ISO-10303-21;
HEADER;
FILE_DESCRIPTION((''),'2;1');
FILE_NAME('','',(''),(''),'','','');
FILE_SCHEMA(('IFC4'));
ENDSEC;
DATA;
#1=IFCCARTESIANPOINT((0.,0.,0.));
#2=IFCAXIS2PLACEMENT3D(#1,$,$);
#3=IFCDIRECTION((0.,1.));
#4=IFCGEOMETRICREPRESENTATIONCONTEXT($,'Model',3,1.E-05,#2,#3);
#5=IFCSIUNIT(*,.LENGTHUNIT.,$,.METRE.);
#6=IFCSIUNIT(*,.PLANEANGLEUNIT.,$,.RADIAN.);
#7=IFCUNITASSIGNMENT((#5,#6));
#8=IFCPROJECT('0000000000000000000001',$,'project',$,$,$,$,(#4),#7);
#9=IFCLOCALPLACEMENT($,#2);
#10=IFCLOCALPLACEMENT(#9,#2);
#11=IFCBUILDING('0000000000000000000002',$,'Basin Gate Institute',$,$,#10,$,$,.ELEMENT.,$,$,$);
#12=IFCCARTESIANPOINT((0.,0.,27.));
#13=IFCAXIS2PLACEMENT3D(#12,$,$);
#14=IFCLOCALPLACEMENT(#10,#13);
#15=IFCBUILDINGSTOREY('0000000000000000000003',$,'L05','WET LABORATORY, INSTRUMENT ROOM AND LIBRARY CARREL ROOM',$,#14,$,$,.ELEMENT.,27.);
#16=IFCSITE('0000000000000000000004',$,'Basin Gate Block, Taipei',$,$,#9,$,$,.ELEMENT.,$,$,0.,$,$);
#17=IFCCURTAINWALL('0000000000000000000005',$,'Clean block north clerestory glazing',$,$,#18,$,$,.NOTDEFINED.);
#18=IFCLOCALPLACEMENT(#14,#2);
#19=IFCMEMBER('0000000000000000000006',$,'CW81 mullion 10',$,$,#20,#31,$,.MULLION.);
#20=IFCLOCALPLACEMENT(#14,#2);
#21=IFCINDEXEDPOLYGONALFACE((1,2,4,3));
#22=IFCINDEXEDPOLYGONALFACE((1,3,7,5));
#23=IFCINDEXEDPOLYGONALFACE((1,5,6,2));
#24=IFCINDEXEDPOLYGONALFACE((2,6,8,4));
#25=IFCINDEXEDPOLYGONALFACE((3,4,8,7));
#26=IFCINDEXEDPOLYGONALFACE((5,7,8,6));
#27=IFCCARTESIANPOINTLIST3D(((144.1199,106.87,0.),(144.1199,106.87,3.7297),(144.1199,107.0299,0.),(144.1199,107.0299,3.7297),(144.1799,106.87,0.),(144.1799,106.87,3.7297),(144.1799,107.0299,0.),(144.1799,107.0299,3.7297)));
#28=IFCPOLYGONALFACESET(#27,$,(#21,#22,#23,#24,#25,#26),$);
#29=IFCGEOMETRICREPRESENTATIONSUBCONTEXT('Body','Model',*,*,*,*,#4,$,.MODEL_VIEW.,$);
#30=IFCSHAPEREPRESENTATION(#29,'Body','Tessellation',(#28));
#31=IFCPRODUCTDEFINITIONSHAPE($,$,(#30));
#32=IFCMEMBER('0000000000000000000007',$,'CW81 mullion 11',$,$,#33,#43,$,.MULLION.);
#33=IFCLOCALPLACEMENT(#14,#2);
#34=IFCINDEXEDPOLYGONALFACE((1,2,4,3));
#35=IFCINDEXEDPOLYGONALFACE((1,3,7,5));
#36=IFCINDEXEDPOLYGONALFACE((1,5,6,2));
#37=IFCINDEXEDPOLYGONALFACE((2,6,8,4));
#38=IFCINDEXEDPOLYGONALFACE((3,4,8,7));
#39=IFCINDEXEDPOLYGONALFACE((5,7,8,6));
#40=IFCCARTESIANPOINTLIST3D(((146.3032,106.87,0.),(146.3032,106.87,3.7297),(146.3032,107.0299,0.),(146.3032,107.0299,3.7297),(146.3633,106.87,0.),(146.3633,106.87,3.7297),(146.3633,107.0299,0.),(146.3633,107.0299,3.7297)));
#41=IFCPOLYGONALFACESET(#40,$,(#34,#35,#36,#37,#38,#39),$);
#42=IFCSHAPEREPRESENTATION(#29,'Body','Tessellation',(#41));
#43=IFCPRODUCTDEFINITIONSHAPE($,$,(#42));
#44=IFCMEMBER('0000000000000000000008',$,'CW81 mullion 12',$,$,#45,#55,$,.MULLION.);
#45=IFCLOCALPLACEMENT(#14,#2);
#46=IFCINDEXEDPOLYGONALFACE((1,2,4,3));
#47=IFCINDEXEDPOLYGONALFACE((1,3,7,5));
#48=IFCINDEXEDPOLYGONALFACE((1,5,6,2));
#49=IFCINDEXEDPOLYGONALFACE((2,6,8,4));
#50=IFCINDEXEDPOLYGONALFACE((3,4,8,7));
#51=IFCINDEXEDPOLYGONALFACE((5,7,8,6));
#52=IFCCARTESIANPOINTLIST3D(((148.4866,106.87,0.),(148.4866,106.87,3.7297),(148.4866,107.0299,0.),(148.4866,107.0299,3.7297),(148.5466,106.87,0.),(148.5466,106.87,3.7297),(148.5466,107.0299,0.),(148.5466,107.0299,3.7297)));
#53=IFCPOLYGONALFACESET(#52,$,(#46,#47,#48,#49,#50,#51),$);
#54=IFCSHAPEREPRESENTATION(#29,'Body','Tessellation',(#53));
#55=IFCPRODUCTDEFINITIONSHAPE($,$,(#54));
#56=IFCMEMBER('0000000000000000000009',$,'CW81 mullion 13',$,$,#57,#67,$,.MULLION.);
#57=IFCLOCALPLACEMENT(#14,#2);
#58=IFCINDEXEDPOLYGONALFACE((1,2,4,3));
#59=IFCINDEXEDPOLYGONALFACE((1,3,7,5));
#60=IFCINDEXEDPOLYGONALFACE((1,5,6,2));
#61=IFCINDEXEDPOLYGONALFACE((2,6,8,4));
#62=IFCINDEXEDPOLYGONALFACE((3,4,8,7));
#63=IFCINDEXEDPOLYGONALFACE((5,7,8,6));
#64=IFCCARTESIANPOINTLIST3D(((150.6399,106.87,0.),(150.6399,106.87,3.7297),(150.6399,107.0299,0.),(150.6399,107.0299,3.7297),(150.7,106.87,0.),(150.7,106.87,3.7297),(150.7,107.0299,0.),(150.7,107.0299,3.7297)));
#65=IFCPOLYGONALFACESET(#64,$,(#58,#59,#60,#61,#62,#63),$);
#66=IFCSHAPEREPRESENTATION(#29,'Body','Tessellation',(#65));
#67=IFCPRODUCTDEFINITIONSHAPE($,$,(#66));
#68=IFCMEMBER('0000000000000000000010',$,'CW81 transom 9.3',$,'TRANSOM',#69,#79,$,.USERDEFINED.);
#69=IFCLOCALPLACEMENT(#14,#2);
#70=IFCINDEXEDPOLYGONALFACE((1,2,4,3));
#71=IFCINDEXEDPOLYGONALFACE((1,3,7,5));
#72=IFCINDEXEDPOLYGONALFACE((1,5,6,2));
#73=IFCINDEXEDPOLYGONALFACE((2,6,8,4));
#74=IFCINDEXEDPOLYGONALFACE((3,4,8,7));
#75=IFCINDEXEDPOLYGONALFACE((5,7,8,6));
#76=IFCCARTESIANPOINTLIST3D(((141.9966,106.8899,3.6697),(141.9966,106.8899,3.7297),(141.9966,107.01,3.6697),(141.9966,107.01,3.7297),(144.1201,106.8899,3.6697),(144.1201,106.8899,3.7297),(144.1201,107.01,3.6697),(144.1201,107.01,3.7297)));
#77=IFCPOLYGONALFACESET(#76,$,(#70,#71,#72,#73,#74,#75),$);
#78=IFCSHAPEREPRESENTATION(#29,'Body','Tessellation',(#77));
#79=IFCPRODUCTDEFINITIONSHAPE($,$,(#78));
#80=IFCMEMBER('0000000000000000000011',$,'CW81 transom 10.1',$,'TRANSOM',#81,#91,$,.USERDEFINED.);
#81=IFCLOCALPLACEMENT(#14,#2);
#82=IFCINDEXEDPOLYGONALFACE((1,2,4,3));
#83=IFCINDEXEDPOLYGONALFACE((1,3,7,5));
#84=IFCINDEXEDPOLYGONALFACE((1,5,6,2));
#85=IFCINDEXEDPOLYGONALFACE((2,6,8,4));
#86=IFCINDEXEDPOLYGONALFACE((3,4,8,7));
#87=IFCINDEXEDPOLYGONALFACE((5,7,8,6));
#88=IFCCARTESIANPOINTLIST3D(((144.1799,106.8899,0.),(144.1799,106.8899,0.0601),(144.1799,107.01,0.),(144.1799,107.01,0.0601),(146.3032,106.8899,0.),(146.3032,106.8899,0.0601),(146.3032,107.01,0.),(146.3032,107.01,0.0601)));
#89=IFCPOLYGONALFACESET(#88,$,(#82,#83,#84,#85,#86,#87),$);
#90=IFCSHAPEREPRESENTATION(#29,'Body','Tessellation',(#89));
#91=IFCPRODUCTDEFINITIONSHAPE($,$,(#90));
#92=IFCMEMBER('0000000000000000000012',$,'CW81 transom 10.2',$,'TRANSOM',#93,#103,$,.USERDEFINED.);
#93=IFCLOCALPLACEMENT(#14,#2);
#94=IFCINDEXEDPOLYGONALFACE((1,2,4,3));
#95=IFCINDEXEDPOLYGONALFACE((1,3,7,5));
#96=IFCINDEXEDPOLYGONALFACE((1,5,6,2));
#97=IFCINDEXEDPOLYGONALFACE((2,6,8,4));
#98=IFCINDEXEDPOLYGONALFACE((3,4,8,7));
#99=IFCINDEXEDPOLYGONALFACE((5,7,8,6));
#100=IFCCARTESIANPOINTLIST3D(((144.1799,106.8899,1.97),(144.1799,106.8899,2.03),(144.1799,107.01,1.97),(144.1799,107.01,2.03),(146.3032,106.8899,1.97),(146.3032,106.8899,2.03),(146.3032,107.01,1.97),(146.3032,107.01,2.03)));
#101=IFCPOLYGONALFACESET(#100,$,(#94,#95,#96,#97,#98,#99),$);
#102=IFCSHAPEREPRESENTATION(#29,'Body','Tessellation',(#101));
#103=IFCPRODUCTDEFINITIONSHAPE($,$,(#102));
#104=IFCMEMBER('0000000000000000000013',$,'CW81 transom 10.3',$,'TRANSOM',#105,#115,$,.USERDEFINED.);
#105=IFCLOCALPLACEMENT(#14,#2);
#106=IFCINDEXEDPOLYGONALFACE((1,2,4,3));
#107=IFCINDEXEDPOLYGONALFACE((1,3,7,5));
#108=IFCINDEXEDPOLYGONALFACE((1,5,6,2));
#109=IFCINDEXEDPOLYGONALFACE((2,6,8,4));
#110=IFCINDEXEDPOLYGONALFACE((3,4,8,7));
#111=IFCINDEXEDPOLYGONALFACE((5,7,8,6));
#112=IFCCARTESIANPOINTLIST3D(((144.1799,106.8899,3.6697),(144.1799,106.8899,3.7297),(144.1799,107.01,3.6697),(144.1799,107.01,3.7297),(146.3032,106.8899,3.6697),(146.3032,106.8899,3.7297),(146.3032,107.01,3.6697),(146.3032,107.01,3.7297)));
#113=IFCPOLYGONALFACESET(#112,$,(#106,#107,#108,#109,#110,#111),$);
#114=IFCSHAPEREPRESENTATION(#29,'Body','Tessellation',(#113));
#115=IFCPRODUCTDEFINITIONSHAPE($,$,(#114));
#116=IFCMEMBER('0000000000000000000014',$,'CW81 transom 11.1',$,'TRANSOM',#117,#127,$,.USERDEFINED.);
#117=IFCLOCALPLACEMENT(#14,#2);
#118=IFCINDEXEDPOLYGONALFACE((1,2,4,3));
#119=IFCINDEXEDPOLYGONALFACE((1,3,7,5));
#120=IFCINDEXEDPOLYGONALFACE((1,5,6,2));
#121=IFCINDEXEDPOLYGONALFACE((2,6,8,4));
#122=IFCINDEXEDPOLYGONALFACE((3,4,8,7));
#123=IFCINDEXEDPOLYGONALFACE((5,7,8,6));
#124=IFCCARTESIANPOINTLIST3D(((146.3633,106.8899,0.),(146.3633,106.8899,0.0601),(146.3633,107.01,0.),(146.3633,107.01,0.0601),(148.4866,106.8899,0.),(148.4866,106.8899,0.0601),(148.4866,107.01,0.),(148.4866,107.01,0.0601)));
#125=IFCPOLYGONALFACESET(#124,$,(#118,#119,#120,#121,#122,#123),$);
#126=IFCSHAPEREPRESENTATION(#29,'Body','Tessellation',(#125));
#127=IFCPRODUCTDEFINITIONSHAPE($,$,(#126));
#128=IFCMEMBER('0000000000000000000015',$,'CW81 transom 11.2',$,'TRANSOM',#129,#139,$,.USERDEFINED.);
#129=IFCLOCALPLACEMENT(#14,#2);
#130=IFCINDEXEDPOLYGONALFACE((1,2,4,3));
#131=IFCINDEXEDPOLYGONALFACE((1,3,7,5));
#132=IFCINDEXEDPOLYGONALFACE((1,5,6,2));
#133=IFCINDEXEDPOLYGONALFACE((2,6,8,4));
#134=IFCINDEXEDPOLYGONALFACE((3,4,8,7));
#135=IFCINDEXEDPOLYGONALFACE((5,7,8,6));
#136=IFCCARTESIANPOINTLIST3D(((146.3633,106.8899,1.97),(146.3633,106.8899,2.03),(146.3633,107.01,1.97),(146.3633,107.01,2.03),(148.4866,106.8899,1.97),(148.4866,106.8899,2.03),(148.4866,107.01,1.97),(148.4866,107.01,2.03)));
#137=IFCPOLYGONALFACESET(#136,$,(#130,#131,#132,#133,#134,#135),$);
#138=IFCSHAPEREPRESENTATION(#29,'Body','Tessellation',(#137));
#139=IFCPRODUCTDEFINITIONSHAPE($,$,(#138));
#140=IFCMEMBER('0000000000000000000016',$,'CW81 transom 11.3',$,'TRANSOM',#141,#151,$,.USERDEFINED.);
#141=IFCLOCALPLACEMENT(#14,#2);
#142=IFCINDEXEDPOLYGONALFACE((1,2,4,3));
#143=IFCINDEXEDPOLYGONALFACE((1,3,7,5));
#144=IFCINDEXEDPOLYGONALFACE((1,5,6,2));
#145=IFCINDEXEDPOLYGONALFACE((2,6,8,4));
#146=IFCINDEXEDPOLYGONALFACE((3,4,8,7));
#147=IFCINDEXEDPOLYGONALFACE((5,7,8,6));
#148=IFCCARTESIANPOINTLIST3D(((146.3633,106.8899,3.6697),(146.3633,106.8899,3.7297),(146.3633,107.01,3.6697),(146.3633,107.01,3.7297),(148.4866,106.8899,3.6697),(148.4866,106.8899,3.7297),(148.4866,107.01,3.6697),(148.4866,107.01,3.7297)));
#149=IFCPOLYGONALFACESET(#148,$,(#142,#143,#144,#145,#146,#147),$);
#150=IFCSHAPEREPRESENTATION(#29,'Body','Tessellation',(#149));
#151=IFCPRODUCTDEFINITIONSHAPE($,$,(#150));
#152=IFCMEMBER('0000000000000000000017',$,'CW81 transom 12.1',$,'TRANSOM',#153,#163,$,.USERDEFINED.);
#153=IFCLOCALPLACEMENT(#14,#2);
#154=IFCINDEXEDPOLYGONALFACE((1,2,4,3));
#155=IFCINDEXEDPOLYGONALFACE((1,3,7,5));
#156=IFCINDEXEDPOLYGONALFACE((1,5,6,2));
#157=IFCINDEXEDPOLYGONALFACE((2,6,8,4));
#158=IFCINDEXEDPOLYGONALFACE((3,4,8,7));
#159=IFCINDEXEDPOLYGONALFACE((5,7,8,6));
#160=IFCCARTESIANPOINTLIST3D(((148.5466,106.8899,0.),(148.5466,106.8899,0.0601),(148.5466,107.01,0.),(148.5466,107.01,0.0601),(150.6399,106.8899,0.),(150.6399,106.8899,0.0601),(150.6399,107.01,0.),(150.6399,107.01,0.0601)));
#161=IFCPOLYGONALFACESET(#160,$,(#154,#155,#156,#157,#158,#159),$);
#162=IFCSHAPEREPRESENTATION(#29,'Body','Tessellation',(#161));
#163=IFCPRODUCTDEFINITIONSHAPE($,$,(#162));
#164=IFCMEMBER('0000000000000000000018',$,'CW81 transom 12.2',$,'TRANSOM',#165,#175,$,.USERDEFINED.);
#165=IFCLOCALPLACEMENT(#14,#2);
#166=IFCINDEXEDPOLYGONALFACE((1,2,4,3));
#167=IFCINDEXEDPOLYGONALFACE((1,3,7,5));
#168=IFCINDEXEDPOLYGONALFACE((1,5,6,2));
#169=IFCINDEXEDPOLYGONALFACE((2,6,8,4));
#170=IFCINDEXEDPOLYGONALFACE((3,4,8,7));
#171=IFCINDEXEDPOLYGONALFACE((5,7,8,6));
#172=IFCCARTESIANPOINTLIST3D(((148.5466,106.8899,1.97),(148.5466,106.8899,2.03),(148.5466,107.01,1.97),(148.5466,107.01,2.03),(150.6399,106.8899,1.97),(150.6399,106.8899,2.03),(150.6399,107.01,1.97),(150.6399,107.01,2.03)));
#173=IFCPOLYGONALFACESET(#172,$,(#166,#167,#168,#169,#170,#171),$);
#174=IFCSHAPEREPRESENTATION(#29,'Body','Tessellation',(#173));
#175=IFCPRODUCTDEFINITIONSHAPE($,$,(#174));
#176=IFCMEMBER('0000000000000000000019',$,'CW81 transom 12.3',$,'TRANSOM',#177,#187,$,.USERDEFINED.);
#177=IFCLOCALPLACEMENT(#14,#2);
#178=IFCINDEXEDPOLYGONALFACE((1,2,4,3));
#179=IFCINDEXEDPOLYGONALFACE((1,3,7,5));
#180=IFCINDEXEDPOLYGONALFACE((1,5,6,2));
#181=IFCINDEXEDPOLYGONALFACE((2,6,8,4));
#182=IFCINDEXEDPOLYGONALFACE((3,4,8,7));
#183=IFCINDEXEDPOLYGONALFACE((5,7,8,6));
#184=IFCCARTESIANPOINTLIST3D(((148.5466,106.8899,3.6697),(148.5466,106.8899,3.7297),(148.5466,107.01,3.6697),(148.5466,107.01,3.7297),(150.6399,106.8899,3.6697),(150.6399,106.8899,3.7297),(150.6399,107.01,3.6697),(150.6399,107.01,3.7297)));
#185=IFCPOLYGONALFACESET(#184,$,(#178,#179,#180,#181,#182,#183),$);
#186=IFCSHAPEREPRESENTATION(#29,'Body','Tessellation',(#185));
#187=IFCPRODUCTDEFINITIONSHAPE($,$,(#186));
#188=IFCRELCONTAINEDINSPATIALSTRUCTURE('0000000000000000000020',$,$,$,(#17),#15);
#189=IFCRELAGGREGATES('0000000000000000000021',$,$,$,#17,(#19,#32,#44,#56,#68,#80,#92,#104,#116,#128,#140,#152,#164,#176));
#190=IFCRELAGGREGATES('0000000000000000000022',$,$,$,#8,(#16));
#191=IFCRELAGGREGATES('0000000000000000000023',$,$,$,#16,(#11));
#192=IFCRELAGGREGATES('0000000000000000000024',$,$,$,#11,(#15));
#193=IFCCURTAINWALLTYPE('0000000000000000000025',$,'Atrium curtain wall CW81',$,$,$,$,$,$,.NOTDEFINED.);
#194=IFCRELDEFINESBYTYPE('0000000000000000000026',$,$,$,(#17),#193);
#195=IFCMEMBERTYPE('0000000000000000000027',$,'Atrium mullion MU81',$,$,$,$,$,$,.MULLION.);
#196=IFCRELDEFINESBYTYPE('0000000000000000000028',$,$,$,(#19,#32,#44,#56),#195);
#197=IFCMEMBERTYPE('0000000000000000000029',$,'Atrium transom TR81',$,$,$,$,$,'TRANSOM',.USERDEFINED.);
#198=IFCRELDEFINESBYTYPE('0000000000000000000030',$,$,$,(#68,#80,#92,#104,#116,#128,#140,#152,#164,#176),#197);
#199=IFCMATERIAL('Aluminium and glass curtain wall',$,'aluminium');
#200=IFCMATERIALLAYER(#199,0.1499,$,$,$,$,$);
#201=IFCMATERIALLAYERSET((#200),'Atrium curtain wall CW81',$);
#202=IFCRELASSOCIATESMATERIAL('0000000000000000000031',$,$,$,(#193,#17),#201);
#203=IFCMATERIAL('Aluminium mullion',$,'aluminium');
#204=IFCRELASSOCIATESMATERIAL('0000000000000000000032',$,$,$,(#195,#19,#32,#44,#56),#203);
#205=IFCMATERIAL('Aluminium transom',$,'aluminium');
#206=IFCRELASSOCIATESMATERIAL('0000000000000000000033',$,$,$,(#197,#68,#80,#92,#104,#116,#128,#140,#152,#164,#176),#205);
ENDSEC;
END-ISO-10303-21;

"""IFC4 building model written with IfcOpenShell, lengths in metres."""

from ifc_helpers import new_model, si_unit, direction, frame, origin, origin_2d, place, context, subcontext, project, spatial, rectangle, extrude, material, layer, layer_set, material_profile, profile_set, type_object, element, aggregate, save


model = new_model("IFC4")

# Units and contexts
model_context = context("Model", 3, precision=1e-05, world=origin(), true_north=direction((0.0, 1.0)))
body_context = subcontext(model_context, "Body", "Model", "MODEL_VIEW")
ifc_project = project(units=[si_unit("LENGTHUNIT", "METRE"), si_unit("PLANEANGLEUNIT", "RADIAN")], contexts=[model_context])

# Site, building, storey
site_placement = place(None, origin())
site = spatial("IfcSite", under=ifc_project, at=site_placement, Name="Basin Gate Block, Taipei", CompositionType="ELEMENT", RefElevation=0.0)
building_placement = place(site_placement, origin())
building = spatial("IfcBuilding", under=site, at=building_placement, Name="Basin Gate Institute", CompositionType="ELEMENT")
storey_placement = place(building_placement, frame((0.0, 0.0, 27.0)))
storey = spatial("IfcBuildingStorey", under=building, at=storey_placement, Name="L05", Description="WET LABORATORY, INSTRUMENT ROOM AND LIBRARY CARREL ROOM", CompositionType="ELEMENT", Elevation=27.0)

# Curtain wall, members
ifc_material_1 = material(Name="Aluminium and glass curtain wall", Category="aluminium")
ifc_layer_1 = layer(ifc_material_1, 0.1499)
ifc_layer_set_1 = layer_set([ifc_layer_1], Name="Atrium curtain wall CW81")
curtain_wall_type = type_object("IfcCurtainWallType", Name="Atrium curtain wall CW81", PredefinedType="NOTDEFINED", material=ifc_layer_set_1)
curtain_wall_placement = place(storey_placement, origin())
curtain_wall = element("IfcCurtainWall", 1, at=curtain_wall_placement, inside=storey, type_object=curtain_wall_type, material=ifc_layer_set_1, Name="Clean block north clerestory glazing", PredefinedType="NOTDEFINED")
ifc_material_2 = material(Name="Aluminium mullion", Category="aluminium")
ifc_material_profile_1 = material_profile(ifc_material_2, rectangle(XDim=0.1599, YDim=0.0601, at=origin_2d()), Name="Atrium mullion MU81 160 x 60")
ifc_profile_set_1 = profile_set([ifc_material_profile_1], Name="Aluminium mullion")
member_type_1 = type_object("IfcMemberType", Name="Atrium mullion MU81", PredefinedType="MULLION", material=ifc_profile_set_1)
member_1_placement = place(storey_placement, frame((144.1499, 106.95, 0.0), z_axis=(0.0, 0.0, 1.0), x_axis=(0.0, 1.0, 0.0)))
member_1 = element("IfcMember", 2, at=member_1_placement, type_object=member_type_1, material=ifc_profile_set_1, Name="CW81 mullion 10", PredefinedType="MULLION", context=body_context, shape_type="SweptSolid", body=[
    extrude(rectangle(XDim=0.1599, YDim=0.0601, at=origin_2d()), origin(), (0.0, 0.0, 1.0), 3.7297),
])
member_2_placement = place(storey_placement, frame((146.3333, 106.95, 0.0), z_axis=(0.0, 0.0, 1.0), x_axis=(0.0, 1.0, 0.0)))
member_2 = element("IfcMember", 3, at=member_2_placement, type_object=member_type_1, material=ifc_profile_set_1, Name="CW81 mullion 11", PredefinedType="MULLION", context=body_context, shape_type="SweptSolid", body=[
    extrude(rectangle(XDim=0.1599, YDim=0.0601, at=origin_2d()), origin(), (0.0, 0.0, 1.0), 3.7297),
])
member_3_placement = place(storey_placement, frame((148.5166, 106.95, 0.0), z_axis=(0.0, 0.0, 1.0), x_axis=(0.0, 1.0, 0.0)))
member_3 = element("IfcMember", 4, at=member_3_placement, type_object=member_type_1, material=ifc_profile_set_1, Name="CW81 mullion 12", PredefinedType="MULLION", context=body_context, shape_type="SweptSolid", body=[
    extrude(rectangle(XDim=0.1599, YDim=0.0601, at=origin_2d()), origin(), (0.0, 0.0, 1.0), 3.7297),
])
member_4_placement = place(storey_placement, frame((150.6699, 106.95, 0.0), z_axis=(0.0, 0.0, 1.0), x_axis=(0.0, 1.0, 0.0)))
member_4 = element("IfcMember", 5, at=member_4_placement, type_object=member_type_1, material=ifc_profile_set_1, Name="CW81 mullion 13", PredefinedType="MULLION", context=body_context, shape_type="SweptSolid", body=[
    extrude(rectangle(XDim=0.1599, YDim=0.0601, at=origin_2d()), origin(), (0.0, 0.0, 1.0), 3.7297),
])
ifc_material_3 = material(Name="Aluminium transom", Category="aluminium")
ifc_material_profile_2 = material_profile(ifc_material_3, rectangle(XDim=0.1201, YDim=0.0601, at=origin_2d()), Name="Atrium transom TR81 120 x 60")
ifc_profile_set_2 = profile_set([ifc_material_profile_2], Name="Aluminium transom")
member_type_2 = type_object("IfcMemberType", Name="Atrium transom TR81", ElementType="TRANSOM", PredefinedType="USERDEFINED", material=ifc_profile_set_2)
member_5_placement = place(storey_placement, frame((141.9966, 106.95, 3.6997), z_axis=(1.0, 0.0, 0.0), x_axis=(0.0, 1.0, 0.0)))
member_5 = element("IfcMember", 6, at=member_5_placement, type_object=member_type_2, material=ifc_profile_set_2, Name="CW81 transom 9.3", ObjectType="TRANSOM", PredefinedType="USERDEFINED", context=body_context, shape_type="SweptSolid", body=[
    extrude(rectangle(XDim=0.1201, YDim=0.0601, at=origin_2d()), origin(), (0.0, 0.0, 1.0), 2.1235),
])
member_6_placement = place(storey_placement, frame((144.1799, 106.95, 0.03), z_axis=(1.0, 0.0, 0.0), x_axis=(0.0, 1.0, 0.0)))
member_6 = element("IfcMember", 7, at=member_6_placement, type_object=member_type_2, material=ifc_profile_set_2, Name="CW81 transom 10.1", ObjectType="TRANSOM", PredefinedType="USERDEFINED", context=body_context, shape_type="SweptSolid", body=[
    extrude(rectangle(XDim=0.1201, YDim=0.0601, at=origin_2d()), origin(), (0.0, 0.0, 1.0), 2.1233),
])
member_7_placement = place(storey_placement, frame((144.1799, 106.95, 2.0), z_axis=(1.0, 0.0, 0.0), x_axis=(0.0, 1.0, 0.0)))
member_7 = element("IfcMember", 8, at=member_7_placement, type_object=member_type_2, material=ifc_profile_set_2, Name="CW81 transom 10.2", ObjectType="TRANSOM", PredefinedType="USERDEFINED", context=body_context, shape_type="SweptSolid", body=[
    extrude(rectangle(XDim=0.1201, YDim=0.0601, at=origin_2d()), origin(), (0.0, 0.0, 1.0), 2.1233),
])
member_8_placement = place(storey_placement, frame((144.1799, 106.95, 3.6997), z_axis=(1.0, 0.0, 0.0), x_axis=(0.0, 1.0, 0.0)))
member_8 = element("IfcMember", 9, at=member_8_placement, type_object=member_type_2, material=ifc_profile_set_2, Name="CW81 transom 10.3", ObjectType="TRANSOM", PredefinedType="USERDEFINED", context=body_context, shape_type="SweptSolid", body=[
    extrude(rectangle(XDim=0.1201, YDim=0.0601, at=origin_2d()), origin(), (0.0, 0.0, 1.0), 2.1233),
])
member_9_placement = place(storey_placement, frame((146.3633, 106.95, 0.03), z_axis=(1.0, 0.0, 0.0), x_axis=(0.0, 1.0, 0.0)))
member_9 = element("IfcMember", 10, at=member_9_placement, type_object=member_type_2, material=ifc_profile_set_2, Name="CW81 transom 11.1", ObjectType="TRANSOM", PredefinedType="USERDEFINED", context=body_context, shape_type="SweptSolid", body=[
    extrude(rectangle(XDim=0.1201, YDim=0.0601, at=origin_2d()), origin(), (0.0, 0.0, 1.0), 2.1233),
])
member_10_placement = place(storey_placement, frame((146.3633, 106.95, 2.0), z_axis=(1.0, 0.0, 0.0), x_axis=(0.0, 1.0, 0.0)))
member_10 = element("IfcMember", 11, at=member_10_placement, type_object=member_type_2, material=ifc_profile_set_2, Name="CW81 transom 11.2", ObjectType="TRANSOM", PredefinedType="USERDEFINED", context=body_context, shape_type="SweptSolid", body=[
    extrude(rectangle(XDim=0.1201, YDim=0.0601, at=origin_2d()), origin(), (0.0, 0.0, 1.0), 2.1233),
])
member_11_placement = place(storey_placement, frame((146.3633, 106.95, 3.6997), z_axis=(1.0, 0.0, 0.0), x_axis=(0.0, 1.0, 0.0)))
member_11 = element("IfcMember", 12, at=member_11_placement, type_object=member_type_2, material=ifc_profile_set_2, Name="CW81 transom 11.3", ObjectType="TRANSOM", PredefinedType="USERDEFINED", context=body_context, shape_type="SweptSolid", body=[
    extrude(rectangle(XDim=0.1201, YDim=0.0601, at=origin_2d()), origin(), (0.0, 0.0, 1.0), 2.1233),
])
member_12_placement = place(storey_placement, frame((148.5466, 106.95, 0.03), z_axis=(1.0, 0.0, 0.0), x_axis=(0.0, 1.0, 0.0)))
member_12 = element("IfcMember", 13, at=member_12_placement, type_object=member_type_2, material=ifc_profile_set_2, Name="CW81 transom 12.1", ObjectType="TRANSOM", PredefinedType="USERDEFINED", context=body_context, shape_type="SweptSolid", body=[
    extrude(rectangle(XDim=0.1201, YDim=0.0601, at=origin_2d()), origin(), (0.0, 0.0, 1.0), 2.0933),
])
member_13_placement = place(storey_placement, frame((148.5466, 106.95, 2.0), z_axis=(1.0, 0.0, 0.0), x_axis=(0.0, 1.0, 0.0)))
member_13 = element("IfcMember", 14, at=member_13_placement, type_object=member_type_2, material=ifc_profile_set_2, Name="CW81 transom 12.2", ObjectType="TRANSOM", PredefinedType="USERDEFINED", context=body_context, shape_type="SweptSolid", body=[
    extrude(rectangle(XDim=0.1201, YDim=0.0601, at=origin_2d()), origin(), (0.0, 0.0, 1.0), 2.0933),
])
member_14_placement = place(storey_placement, frame((148.5466, 106.95, 3.6997), z_axis=(1.0, 0.0, 0.0), x_axis=(0.0, 1.0, 0.0)))
member_14 = element("IfcMember", 15, at=member_14_placement, type_object=member_type_2, material=ifc_profile_set_2, Name="CW81 transom 12.3", ObjectType="TRANSOM", PredefinedType="USERDEFINED", context=body_context, shape_type="SweptSolid", body=[
    extrude(rectangle(XDim=0.1201, YDim=0.0601, at=origin_2d()), origin(), (0.0, 0.0, 1.0), 2.0933),
])
aggregate(curtain_wall, [member_1, member_2, member_3, member_4, member_5, member_6, member_7, member_8, member_9, member_10, member_11, member_12, member_13, member_14])

save(model, "model.ifc")
